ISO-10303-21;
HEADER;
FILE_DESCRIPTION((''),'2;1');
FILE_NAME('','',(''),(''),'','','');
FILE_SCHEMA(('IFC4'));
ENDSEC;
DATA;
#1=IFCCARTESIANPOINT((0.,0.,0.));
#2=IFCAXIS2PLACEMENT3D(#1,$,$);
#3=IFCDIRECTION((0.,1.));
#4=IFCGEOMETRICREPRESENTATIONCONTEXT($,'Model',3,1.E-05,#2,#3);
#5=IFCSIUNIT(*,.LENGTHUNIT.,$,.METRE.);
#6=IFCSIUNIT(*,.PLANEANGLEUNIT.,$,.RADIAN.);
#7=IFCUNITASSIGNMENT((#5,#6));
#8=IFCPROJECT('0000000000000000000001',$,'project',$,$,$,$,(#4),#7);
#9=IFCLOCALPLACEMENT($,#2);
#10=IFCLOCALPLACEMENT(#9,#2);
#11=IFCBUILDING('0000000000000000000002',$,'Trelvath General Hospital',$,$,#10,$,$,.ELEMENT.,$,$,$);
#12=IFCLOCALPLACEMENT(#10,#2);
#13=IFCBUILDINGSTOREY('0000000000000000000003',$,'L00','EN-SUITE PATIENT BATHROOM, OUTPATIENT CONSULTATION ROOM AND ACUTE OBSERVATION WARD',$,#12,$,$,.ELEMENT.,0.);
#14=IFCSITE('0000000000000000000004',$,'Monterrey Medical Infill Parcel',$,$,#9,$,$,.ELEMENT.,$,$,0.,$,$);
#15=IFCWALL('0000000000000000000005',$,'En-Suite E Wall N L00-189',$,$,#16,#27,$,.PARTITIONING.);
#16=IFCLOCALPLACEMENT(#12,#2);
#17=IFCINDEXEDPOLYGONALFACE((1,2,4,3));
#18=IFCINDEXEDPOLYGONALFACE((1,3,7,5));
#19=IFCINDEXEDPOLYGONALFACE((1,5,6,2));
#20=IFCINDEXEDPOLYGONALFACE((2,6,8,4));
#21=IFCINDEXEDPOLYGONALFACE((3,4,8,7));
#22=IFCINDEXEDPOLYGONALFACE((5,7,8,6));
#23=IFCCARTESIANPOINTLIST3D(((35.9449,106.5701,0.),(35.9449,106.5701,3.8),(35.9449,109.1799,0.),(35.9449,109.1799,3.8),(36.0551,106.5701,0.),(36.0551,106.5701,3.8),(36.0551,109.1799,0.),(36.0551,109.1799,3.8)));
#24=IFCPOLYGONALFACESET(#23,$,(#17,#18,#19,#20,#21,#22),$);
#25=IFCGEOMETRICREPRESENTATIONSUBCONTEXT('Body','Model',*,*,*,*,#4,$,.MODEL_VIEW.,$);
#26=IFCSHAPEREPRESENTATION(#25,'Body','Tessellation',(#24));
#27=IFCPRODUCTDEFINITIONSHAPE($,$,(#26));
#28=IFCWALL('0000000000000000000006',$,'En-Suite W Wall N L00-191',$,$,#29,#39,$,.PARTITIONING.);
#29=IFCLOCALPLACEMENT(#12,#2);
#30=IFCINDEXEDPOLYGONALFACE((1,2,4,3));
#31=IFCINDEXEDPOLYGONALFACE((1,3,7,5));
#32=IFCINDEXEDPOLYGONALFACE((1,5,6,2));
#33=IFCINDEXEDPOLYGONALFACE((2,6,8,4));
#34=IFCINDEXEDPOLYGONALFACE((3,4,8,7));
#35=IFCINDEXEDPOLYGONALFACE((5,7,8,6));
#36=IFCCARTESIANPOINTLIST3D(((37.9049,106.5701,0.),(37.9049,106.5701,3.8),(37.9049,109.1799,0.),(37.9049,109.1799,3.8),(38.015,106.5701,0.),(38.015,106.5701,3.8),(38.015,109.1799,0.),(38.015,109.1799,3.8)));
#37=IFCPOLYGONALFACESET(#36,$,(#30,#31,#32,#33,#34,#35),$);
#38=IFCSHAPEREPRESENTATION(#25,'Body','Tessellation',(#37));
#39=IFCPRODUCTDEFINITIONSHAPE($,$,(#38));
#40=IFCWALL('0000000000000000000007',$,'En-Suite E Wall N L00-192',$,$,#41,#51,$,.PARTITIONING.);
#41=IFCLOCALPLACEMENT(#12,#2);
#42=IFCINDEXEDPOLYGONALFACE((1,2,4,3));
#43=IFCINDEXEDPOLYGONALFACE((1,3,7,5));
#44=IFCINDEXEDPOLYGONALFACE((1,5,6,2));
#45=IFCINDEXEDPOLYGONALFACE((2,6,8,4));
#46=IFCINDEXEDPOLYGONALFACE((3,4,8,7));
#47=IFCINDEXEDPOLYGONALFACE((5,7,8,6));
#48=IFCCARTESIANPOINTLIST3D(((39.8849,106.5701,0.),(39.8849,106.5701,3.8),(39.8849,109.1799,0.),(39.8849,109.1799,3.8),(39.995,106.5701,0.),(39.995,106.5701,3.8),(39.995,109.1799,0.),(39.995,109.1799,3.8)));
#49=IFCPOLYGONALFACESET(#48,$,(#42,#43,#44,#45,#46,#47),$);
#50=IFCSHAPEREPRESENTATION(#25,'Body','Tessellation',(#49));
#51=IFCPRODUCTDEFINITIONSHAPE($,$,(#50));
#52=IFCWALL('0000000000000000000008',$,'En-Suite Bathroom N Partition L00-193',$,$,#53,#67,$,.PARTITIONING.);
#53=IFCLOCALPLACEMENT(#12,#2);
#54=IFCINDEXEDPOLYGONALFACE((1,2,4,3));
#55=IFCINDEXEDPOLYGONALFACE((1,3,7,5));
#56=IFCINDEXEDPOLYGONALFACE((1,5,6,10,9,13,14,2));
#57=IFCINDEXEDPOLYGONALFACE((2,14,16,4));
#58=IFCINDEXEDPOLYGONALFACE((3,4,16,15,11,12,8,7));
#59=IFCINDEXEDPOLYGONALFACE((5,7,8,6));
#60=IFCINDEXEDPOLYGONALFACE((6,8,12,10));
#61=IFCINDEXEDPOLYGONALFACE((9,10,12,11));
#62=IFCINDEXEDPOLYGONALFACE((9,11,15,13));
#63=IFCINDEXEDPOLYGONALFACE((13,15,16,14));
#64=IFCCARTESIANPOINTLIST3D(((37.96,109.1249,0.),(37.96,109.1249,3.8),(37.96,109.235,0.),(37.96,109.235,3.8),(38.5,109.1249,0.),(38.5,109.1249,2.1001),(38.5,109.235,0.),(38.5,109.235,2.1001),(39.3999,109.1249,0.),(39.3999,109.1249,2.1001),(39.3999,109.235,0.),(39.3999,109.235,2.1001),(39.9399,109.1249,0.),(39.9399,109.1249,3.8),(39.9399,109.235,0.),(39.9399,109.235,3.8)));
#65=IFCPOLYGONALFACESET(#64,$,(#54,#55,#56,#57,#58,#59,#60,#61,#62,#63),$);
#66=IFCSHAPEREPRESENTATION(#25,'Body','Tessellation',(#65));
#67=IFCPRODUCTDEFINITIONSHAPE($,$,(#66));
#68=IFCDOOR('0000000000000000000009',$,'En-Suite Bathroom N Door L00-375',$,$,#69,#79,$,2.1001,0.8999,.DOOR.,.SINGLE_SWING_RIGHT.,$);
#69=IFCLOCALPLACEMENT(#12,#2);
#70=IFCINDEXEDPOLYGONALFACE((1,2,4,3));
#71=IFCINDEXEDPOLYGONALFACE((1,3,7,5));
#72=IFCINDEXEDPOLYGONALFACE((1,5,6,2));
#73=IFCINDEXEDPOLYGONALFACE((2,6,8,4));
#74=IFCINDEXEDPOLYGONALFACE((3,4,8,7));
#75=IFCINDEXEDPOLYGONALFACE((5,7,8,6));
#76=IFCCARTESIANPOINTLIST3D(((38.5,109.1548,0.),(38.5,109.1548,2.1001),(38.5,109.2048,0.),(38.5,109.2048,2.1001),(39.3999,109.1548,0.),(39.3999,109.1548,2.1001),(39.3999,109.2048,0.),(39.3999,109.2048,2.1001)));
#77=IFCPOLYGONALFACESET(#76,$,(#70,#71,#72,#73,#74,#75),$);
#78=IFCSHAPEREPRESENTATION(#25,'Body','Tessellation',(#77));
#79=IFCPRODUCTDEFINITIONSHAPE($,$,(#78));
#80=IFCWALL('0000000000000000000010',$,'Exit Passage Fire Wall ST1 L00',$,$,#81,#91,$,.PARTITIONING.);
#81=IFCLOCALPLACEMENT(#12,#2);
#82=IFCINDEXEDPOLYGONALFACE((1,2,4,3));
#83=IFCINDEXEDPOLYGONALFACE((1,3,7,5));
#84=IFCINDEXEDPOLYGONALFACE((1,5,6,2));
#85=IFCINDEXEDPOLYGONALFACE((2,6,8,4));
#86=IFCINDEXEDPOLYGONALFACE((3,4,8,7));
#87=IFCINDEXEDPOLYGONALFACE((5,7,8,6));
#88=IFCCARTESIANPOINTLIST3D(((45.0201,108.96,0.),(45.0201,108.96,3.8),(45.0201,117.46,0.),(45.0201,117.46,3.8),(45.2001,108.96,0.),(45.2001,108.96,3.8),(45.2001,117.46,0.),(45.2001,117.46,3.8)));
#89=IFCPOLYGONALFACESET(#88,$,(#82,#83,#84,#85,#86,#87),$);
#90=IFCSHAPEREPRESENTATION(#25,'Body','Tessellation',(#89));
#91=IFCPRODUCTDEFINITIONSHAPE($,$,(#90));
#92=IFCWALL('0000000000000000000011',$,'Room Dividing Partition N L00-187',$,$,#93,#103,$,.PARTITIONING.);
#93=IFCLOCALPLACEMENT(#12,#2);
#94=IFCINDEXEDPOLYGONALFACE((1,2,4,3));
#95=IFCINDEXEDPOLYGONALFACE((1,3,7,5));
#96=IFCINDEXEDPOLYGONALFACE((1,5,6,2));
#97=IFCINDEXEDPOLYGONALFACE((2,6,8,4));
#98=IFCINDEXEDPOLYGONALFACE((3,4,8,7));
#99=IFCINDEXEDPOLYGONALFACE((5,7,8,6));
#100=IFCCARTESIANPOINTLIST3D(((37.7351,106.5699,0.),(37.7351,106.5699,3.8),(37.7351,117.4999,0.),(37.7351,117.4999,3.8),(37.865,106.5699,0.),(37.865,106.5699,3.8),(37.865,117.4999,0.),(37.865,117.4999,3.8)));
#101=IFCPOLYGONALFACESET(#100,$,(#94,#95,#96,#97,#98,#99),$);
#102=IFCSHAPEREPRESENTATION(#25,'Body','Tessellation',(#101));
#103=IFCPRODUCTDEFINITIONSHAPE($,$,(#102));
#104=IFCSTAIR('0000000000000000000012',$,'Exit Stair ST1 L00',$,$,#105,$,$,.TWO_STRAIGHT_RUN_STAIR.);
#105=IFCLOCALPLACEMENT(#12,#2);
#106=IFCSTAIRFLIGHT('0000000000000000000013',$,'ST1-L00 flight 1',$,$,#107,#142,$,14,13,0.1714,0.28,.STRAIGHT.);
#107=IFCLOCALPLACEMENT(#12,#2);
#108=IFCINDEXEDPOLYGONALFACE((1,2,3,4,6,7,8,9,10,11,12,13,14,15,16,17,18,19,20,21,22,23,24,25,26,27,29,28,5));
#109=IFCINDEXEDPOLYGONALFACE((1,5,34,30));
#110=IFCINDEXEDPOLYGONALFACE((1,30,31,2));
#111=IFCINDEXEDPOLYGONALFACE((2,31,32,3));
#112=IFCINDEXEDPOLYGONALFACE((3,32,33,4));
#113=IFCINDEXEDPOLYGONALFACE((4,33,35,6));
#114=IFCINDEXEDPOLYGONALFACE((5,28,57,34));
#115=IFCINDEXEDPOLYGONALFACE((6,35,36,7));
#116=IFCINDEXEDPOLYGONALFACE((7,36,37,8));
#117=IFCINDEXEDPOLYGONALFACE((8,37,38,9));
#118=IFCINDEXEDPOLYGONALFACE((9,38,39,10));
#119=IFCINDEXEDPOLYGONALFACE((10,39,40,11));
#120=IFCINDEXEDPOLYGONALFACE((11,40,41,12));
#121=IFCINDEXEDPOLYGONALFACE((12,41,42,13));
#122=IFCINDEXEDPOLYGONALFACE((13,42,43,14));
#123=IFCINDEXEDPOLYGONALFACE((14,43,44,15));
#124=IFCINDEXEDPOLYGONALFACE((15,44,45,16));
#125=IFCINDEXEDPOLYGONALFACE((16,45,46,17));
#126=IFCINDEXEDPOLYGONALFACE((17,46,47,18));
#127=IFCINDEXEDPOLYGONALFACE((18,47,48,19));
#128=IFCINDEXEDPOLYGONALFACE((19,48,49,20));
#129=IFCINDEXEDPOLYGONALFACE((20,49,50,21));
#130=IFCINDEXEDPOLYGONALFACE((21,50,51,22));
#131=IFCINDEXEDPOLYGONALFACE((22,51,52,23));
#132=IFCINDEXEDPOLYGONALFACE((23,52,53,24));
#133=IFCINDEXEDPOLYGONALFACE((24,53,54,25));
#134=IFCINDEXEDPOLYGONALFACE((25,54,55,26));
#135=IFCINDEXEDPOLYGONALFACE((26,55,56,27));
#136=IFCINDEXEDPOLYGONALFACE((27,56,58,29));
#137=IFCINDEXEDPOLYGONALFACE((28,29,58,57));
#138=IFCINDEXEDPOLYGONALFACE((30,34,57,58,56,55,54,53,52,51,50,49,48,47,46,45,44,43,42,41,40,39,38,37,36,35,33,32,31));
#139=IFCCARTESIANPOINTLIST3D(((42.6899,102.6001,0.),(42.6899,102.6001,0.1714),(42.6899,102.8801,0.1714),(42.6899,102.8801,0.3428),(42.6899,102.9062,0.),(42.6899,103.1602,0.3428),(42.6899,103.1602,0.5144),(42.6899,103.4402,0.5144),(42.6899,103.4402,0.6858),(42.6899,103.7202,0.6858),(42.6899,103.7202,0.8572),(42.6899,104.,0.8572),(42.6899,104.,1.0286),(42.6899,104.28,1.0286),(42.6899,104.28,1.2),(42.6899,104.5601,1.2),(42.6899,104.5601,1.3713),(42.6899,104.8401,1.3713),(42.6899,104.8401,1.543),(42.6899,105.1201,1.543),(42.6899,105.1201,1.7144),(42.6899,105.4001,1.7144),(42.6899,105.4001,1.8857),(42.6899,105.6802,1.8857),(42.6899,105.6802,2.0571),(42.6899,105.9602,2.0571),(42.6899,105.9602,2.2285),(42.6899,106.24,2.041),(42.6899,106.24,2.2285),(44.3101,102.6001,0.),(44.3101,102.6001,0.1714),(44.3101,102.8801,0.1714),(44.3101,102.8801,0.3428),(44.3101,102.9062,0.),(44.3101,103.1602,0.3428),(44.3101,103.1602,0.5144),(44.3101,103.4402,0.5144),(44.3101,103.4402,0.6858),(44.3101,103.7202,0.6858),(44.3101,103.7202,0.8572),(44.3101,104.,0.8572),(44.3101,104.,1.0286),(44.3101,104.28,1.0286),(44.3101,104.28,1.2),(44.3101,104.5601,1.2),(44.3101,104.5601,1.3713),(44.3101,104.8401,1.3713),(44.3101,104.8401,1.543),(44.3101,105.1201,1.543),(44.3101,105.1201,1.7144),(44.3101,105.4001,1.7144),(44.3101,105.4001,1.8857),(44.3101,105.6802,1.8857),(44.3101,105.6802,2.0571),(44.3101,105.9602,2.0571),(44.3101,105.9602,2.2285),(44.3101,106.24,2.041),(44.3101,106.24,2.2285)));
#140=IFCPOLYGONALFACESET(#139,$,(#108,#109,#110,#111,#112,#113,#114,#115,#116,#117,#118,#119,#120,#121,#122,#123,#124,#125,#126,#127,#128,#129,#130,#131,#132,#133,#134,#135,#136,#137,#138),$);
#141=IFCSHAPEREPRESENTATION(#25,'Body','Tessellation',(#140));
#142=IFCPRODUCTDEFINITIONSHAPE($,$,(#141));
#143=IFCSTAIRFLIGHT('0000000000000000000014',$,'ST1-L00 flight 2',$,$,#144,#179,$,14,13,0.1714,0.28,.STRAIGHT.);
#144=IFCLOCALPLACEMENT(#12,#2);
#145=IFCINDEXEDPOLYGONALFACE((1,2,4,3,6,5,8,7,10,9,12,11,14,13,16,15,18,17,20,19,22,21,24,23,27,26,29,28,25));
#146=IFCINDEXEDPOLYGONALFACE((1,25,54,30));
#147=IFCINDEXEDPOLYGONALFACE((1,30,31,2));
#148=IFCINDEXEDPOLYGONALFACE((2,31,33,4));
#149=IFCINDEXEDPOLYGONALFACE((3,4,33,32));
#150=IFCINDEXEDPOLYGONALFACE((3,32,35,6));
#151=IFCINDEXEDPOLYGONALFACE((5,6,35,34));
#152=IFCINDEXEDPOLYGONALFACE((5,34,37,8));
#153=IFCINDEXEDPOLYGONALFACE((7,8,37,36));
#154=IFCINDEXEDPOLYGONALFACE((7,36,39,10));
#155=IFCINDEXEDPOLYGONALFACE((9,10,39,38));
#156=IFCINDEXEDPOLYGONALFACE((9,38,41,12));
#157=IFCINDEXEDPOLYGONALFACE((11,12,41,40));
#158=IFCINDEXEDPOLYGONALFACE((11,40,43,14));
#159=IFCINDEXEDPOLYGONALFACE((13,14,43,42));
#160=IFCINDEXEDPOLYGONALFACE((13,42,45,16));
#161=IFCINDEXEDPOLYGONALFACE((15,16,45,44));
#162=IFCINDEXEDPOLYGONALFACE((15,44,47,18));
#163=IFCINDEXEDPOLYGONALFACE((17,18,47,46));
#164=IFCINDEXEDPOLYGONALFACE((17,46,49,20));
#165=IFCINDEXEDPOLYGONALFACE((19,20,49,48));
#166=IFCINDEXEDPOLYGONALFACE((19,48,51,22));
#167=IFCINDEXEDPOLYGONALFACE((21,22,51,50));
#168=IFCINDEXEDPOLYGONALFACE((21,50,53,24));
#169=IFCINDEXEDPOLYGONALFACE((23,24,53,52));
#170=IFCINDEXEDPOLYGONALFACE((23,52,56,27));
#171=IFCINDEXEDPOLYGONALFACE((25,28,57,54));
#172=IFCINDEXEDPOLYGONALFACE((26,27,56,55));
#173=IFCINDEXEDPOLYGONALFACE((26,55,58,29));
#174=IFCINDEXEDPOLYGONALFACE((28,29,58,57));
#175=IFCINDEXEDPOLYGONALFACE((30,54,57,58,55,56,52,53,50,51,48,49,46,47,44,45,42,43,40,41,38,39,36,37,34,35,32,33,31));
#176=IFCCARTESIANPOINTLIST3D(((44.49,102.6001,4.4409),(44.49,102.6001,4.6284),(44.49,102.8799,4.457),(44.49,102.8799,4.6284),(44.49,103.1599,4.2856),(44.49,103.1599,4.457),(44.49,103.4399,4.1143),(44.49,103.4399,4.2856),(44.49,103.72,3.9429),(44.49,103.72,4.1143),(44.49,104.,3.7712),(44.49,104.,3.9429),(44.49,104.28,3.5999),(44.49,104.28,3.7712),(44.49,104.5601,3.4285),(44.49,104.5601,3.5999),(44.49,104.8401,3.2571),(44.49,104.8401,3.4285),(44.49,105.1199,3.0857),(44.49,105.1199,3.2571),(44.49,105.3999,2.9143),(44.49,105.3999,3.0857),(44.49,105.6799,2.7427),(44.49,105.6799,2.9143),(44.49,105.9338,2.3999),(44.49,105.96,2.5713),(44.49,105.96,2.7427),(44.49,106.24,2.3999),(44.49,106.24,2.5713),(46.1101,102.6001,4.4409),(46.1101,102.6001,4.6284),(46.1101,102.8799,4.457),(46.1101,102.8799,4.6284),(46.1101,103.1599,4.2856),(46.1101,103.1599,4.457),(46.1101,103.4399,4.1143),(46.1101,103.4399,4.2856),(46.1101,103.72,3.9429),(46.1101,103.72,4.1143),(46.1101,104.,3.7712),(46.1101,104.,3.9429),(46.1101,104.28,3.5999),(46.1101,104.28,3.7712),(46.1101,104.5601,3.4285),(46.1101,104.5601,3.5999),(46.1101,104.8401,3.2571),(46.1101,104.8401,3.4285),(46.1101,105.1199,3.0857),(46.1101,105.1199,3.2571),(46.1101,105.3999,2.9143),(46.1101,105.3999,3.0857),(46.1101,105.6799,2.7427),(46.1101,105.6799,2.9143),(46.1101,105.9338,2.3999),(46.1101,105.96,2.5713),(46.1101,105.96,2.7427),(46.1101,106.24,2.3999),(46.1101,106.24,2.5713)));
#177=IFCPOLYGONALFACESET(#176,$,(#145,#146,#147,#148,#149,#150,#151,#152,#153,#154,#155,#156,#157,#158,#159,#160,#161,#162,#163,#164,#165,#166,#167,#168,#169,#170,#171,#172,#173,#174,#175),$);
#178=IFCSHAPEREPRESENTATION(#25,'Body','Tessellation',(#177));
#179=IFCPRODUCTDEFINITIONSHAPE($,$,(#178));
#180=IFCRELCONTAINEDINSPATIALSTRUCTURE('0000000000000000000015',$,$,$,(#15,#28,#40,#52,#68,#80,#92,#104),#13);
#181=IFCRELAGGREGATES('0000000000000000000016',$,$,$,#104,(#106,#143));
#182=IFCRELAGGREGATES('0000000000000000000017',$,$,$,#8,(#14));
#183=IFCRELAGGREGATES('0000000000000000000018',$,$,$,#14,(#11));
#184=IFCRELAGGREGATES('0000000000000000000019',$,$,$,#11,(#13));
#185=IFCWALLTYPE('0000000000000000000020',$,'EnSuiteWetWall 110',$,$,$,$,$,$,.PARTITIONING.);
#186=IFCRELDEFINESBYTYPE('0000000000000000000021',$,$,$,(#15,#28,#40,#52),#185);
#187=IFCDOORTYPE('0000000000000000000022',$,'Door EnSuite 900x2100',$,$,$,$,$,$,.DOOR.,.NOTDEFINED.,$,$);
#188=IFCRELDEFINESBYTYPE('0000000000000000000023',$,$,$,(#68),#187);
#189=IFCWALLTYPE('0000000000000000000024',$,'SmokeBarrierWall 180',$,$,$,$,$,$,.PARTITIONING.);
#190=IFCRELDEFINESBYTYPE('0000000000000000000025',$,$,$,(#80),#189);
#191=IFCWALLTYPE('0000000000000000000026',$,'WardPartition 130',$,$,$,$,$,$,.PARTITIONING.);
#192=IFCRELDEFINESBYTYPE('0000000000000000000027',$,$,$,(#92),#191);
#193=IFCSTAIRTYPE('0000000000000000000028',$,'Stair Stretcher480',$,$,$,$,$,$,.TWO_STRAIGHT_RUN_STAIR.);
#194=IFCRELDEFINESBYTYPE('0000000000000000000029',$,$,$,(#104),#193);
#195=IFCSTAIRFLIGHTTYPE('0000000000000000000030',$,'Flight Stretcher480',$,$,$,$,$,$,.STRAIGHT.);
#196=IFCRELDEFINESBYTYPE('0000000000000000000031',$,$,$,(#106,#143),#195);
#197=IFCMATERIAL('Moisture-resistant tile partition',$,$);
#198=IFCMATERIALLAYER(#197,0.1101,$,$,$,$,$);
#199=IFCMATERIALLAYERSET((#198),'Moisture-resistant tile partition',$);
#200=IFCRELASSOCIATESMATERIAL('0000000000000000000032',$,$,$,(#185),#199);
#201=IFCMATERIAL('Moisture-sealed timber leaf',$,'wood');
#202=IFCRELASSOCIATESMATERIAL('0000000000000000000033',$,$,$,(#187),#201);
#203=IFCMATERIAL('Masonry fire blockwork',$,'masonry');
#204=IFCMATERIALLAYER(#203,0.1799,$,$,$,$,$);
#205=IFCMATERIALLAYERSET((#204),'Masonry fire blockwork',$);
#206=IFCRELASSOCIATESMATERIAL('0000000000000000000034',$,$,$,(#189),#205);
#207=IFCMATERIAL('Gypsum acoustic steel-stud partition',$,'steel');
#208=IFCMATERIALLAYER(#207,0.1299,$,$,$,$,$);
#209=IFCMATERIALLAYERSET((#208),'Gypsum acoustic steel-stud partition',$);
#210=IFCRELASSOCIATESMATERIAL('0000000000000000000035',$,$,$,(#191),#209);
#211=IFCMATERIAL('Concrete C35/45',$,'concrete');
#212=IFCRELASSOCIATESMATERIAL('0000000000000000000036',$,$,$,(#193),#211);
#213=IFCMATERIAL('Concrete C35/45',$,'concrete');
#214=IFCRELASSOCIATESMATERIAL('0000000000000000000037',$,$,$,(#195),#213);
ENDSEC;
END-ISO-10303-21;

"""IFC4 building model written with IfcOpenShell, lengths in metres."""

from ifc_helpers import new_model, si_unit, direction, frame, frame_2d, origin, place, context, subcontext, project, spatial, polyline, rectangle, outline, extrude, material, layer, layer_set, type_object, element, fill, aggregate, save


model = new_model("IFC4")

# Units and contexts
model_context = context("Model", 3, precision=1e-05, world=origin(), true_north=direction((0.0, 1.0)))
body_context = subcontext(model_context, "Body", "Model", "MODEL_VIEW")
ifc_project = project(units=[si_unit("LENGTHUNIT", "METRE"), si_unit("PLANEANGLEUNIT", "RADIAN")], contexts=[model_context])

# Site, building, storey
site_placement = place(None, origin())
site = spatial("IfcSite", under=ifc_project, at=site_placement, Name="Monterrey Medical Infill Parcel", CompositionType="ELEMENT", RefElevation=0.0)
building_placement = place(site_placement, origin())
building = spatial("IfcBuilding", under=site, at=building_placement, Name="Trelvath General Hospital", CompositionType="ELEMENT")
storey_placement = place(building_placement, origin())
storey = spatial("IfcBuildingStorey", under=building, at=storey_placement, Name="L00", Description="EN-SUITE PATIENT BATHROOM, OUTPATIENT CONSULTATION ROOM AND ACUTE OBSERVATION WARD", CompositionType="ELEMENT", Elevation=0.0)

# Walls
ifc_material_1 = material(Name="Moisture-resistant tile partition")
ifc_layer_1 = layer(ifc_material_1, 0.1101)
ifc_layer_set_1 = layer_set([ifc_layer_1], Name="Moisture-resistant tile partition")
wall_type_1 = type_object("IfcWallType", Name="EnSuiteWetWall 110", PredefinedType="PARTITIONING", material=ifc_layer_set_1)
for number, where, z_axis, x_axis, name in (
    (1, (36.0, 106.5701, 0.0), (0.0, 0.0, 1.0), (0.0, 1.0, 0.0), "En-Suite E Wall N L00-189"),
    (2, (37.96, 106.5701, 0.0), (0.0, 0.0, 1.0), (0.0, 1.0, 0.0), "En-Suite W Wall N L00-191"),
    (3, (39.9399, 106.5701, 0.0), (0.0, 0.0, 1.0), (0.0, 1.0, 0.0), "En-Suite E Wall N L00-192"),
):
    element("IfcWall", number, at=place(storey_placement, frame(where, z_axis=z_axis, x_axis=x_axis)), inside=storey, type_object=wall_type_1, Name=name, PredefinedType="PARTITIONING", context=body_context, shape_type="SweptSolid", body=[
        extrude(rectangle(XDim=2.6099, YDim=0.1101, at=frame_2d((1.3049, 0.0))), origin(), (0.0, 0.0, 1.0), 3.8),
    ])

# Wall, opening, door
wall_1_placement = place(storey_placement, frame((37.96, 109.1799, 0.0), z_axis=(0.0, 0.0, 1.0), x_axis=(1.0, 0.0, 0.0)))
wall_1 = element("IfcWall", 4, at=wall_1_placement, inside=storey, type_object=wall_type_1, Name="En-Suite Bathroom N Partition L00-193", PredefinedType="PARTITIONING", context=body_context, shape_type="SweptSolid", body=[
    extrude(rectangle(XDim=1.98, YDim=0.1101, at=frame_2d((0.99, 0.0))), origin(), (0.0, 0.0, 1.0), 3.8),
])
opening_1_placement = place(wall_1_placement, frame((0.54, 0.0, 0.0)))
opening_1 = element("IfcOpeningElement", 5, at=opening_1_placement, cuts=wall_1, PredefinedType="OPENING", context=body_context, shape_type="SweptSolid", body=[
    extrude(rectangle(XDim=0.8999, YDim=2.1001, at=frame_2d((0.45, 1.05))), frame((0.0, 0.0649, 0.0), z_axis=(0.0, -1.0, 0.0), x_axis=(1.0, 0.0, 0.0)), (0.0, 0.0, 1.0), 0.1301),
])
ifc_material_2 = material(Name="Moisture-sealed timber leaf", Category="wood")
door_type_1 = type_object("IfcDoorType", Name="Door EnSuite 900x2100", OperationType="NOTDEFINED", PredefinedType="DOOR", material=ifc_material_2)
door_1_placement = place(opening_1_placement, origin())
door_1 = element("IfcDoor", 6, at=door_1_placement, inside=storey, type_object=door_type_1, Name="En-Suite Bathroom N Door L00-375", OperationType="SINGLE_SWING_RIGHT", OverallHeight=2.1001, OverallWidth=0.8999, PredefinedType="DOOR", context=body_context, shape_type="SweptSolid", body=[
    extrude(rectangle(XDim=0.8999, YDim=2.1001, at=frame_2d((0.45, 1.05))), frame((0.0, 0.0249, 0.0), z_axis=(0.0, -1.0, 0.0), x_axis=(1.0, 0.0, 0.0)), (0.0, 0.0, 1.0), 0.05),
])
fill(opening_1, door_1)

# Walls
ifc_material_3 = material(Name="Masonry fire blockwork", Category="masonry")
ifc_layer_2 = layer(ifc_material_3, 0.1799)
ifc_layer_set_2 = layer_set([ifc_layer_2], Name="Masonry fire blockwork")
wall_type_2 = type_object("IfcWallType", Name="SmokeBarrierWall 180", PredefinedType="PARTITIONING", material=ifc_layer_set_2)
wall_2_placement = place(storey_placement, frame((45.1101, 108.96, 0.0), z_axis=(0.0, 0.0, 1.0), x_axis=(0.0, 1.0, 0.0)))
element("IfcWall", 7, at=wall_2_placement, inside=storey, type_object=wall_type_2, Name="Exit Passage Fire Wall ST1 L00", PredefinedType="PARTITIONING", context=body_context, shape_type="SweptSolid", body=[
    extrude(rectangle(XDim=8.5, YDim=0.1799, at=frame_2d((4.25, 0.0))), origin(), (0.0, 0.0, 1.0), 3.8),
])
ifc_material_4 = material(Name="Gypsum acoustic steel-stud partition", Category="steel")
ifc_layer_3 = layer(ifc_material_4, 0.1299)
ifc_layer_set_3 = layer_set([ifc_layer_3], Name="Gypsum acoustic steel-stud partition")
wall_type_3 = type_object("IfcWallType", Name="WardPartition 130", PredefinedType="PARTITIONING", material=ifc_layer_set_3)
wall_3_placement = place(storey_placement, frame((37.8, 106.5701, 0.0), z_axis=(0.0, 0.0, 1.0), x_axis=(0.0, 1.0, 0.0)))
element("IfcWall", 8, at=wall_3_placement, inside=storey, type_object=wall_type_3, Name="Room Dividing Partition N L00-187", PredefinedType="PARTITIONING", context=body_context, shape_type="SweptSolid", body=[
    extrude(rectangle(XDim=10.9299, YDim=0.1299, at=frame_2d((5.4648, 0.0))), origin(), (0.0, 0.0, 1.0), 3.8),
])

# Stair, stair flights
ifc_material_5 = material(Name="Concrete C35/45", Category="concrete")
stair_type = type_object("IfcStairType", Name="Stair Stretcher480", PredefinedType="TWO_STRAIGHT_RUN_STAIR", material=ifc_material_5)
stair_placement = place(storey_placement, origin())
stair = element("IfcStair", 9, at=stair_placement, inside=storey, type_object=stair_type, Name="Exit Stair ST1 L00", PredefinedType="TWO_STRAIGHT_RUN_STAIR")
ifc_material_6 = material(Name="Concrete C35/45", Category="concrete")
stair_flight_type = type_object("IfcStairFlightType", Name="Flight Stretcher480", PredefinedType="STRAIGHT", material=ifc_material_6)
stair_flight_1_placement = place(storey_placement, frame((43.5, 102.6001, 0.0), z_axis=(0.0, 0.0, 1.0), x_axis=(0.0, 1.0, 0.0)))
stair_flight_1 = element("IfcStairFlight", 10, at=stair_flight_1_placement, type_object=stair_flight_type, Name="ST1-L00 flight 1", NumberOfRisers=14, NumberOfTreads=13, PredefinedType="STRAIGHT", RiserHeight=0.1714, TreadLength=0.28, context=body_context, shape_type="SweptSolid", body=[
    extrude(outline(polyline([(0.0, 0.0), (0.0, 0.1714), (0.28, 0.1714), (0.28, 0.3428), (0.5601, 0.3428), (0.5601, 0.5144), (0.8401, 0.5144), (0.8401, 0.6858), (1.1201, 0.6858), (1.1201, 0.8572), (1.3999, 0.8572), (1.3999, 1.0286), (1.6799, 1.0286), (1.6799, 1.2), (1.96, 1.2), (1.96, 1.3713), (2.24, 1.3713), (2.24, 1.543), (2.52, 1.543), (2.52, 1.7144), (2.8, 1.7144), (2.8, 1.8857), (3.0801, 1.8857), (3.0801, 2.0571), (3.3601, 2.0571), (3.3601, 2.2285), (3.6399, 2.2285), (3.6399, 2.3999), (3.6399, 2.041), (0.3062, 0.0), (0.0, 0.0)])), frame((0.0, 0.8101, 0.0), z_axis=(0.0, -1.0, 0.0), x_axis=(1.0, 0.0, 0.0)), (0.0, 0.0, 1.0), 1.6201),
])
stair_flight_2_placement = place(storey_placement, frame((45.3, 106.24, 2.3999), z_axis=(0.0, 0.0, 1.0), x_axis=(0.0, -1.0, 0.0)))
stair_flight_2 = element("IfcStairFlight", 11, at=stair_flight_2_placement, type_object=stair_flight_type, Name="ST1-L00 flight 2", NumberOfRisers=14, NumberOfTreads=13, PredefinedType="STRAIGHT", RiserHeight=0.1714, TreadLength=0.28, context=body_context, shape_type="SweptSolid", body=[
    extrude(outline(polyline([(0.0, 0.0), (0.0, 0.1714), (0.28, 0.1714), (0.28, 0.3428), (0.5601, 0.3428), (0.5601, 0.5144), (0.8401, 0.5144), (0.8401, 0.6858), (1.1201, 0.6858), (1.1201, 0.8572), (1.3999, 0.8572), (1.3999, 1.0286), (1.6799, 1.0286), (1.6799, 1.2), (1.96, 1.2), (1.96, 1.3713), (2.24, 1.3713), (2.24, 1.543), (2.52, 1.543), (2.52, 1.7144), (2.8, 1.7144), (2.8, 1.8857), (3.0801, 1.8857), (3.0801, 2.0571), (3.3601, 2.0571), (3.3601, 2.2285), (3.6399, 2.2285), (3.6399, 2.3999), (3.6399, 2.041), (0.3062, 0.0), (0.0, 0.0)])), frame((0.0, 0.8101, 0.0), z_axis=(0.0, -1.0, 0.0), x_axis=(1.0, 0.0, 0.0)), (0.0, 0.0, 1.0), 1.6201),
])
aggregate(stair, [stair_flight_1, stair_flight_2])

save(model, "model.ifc")
